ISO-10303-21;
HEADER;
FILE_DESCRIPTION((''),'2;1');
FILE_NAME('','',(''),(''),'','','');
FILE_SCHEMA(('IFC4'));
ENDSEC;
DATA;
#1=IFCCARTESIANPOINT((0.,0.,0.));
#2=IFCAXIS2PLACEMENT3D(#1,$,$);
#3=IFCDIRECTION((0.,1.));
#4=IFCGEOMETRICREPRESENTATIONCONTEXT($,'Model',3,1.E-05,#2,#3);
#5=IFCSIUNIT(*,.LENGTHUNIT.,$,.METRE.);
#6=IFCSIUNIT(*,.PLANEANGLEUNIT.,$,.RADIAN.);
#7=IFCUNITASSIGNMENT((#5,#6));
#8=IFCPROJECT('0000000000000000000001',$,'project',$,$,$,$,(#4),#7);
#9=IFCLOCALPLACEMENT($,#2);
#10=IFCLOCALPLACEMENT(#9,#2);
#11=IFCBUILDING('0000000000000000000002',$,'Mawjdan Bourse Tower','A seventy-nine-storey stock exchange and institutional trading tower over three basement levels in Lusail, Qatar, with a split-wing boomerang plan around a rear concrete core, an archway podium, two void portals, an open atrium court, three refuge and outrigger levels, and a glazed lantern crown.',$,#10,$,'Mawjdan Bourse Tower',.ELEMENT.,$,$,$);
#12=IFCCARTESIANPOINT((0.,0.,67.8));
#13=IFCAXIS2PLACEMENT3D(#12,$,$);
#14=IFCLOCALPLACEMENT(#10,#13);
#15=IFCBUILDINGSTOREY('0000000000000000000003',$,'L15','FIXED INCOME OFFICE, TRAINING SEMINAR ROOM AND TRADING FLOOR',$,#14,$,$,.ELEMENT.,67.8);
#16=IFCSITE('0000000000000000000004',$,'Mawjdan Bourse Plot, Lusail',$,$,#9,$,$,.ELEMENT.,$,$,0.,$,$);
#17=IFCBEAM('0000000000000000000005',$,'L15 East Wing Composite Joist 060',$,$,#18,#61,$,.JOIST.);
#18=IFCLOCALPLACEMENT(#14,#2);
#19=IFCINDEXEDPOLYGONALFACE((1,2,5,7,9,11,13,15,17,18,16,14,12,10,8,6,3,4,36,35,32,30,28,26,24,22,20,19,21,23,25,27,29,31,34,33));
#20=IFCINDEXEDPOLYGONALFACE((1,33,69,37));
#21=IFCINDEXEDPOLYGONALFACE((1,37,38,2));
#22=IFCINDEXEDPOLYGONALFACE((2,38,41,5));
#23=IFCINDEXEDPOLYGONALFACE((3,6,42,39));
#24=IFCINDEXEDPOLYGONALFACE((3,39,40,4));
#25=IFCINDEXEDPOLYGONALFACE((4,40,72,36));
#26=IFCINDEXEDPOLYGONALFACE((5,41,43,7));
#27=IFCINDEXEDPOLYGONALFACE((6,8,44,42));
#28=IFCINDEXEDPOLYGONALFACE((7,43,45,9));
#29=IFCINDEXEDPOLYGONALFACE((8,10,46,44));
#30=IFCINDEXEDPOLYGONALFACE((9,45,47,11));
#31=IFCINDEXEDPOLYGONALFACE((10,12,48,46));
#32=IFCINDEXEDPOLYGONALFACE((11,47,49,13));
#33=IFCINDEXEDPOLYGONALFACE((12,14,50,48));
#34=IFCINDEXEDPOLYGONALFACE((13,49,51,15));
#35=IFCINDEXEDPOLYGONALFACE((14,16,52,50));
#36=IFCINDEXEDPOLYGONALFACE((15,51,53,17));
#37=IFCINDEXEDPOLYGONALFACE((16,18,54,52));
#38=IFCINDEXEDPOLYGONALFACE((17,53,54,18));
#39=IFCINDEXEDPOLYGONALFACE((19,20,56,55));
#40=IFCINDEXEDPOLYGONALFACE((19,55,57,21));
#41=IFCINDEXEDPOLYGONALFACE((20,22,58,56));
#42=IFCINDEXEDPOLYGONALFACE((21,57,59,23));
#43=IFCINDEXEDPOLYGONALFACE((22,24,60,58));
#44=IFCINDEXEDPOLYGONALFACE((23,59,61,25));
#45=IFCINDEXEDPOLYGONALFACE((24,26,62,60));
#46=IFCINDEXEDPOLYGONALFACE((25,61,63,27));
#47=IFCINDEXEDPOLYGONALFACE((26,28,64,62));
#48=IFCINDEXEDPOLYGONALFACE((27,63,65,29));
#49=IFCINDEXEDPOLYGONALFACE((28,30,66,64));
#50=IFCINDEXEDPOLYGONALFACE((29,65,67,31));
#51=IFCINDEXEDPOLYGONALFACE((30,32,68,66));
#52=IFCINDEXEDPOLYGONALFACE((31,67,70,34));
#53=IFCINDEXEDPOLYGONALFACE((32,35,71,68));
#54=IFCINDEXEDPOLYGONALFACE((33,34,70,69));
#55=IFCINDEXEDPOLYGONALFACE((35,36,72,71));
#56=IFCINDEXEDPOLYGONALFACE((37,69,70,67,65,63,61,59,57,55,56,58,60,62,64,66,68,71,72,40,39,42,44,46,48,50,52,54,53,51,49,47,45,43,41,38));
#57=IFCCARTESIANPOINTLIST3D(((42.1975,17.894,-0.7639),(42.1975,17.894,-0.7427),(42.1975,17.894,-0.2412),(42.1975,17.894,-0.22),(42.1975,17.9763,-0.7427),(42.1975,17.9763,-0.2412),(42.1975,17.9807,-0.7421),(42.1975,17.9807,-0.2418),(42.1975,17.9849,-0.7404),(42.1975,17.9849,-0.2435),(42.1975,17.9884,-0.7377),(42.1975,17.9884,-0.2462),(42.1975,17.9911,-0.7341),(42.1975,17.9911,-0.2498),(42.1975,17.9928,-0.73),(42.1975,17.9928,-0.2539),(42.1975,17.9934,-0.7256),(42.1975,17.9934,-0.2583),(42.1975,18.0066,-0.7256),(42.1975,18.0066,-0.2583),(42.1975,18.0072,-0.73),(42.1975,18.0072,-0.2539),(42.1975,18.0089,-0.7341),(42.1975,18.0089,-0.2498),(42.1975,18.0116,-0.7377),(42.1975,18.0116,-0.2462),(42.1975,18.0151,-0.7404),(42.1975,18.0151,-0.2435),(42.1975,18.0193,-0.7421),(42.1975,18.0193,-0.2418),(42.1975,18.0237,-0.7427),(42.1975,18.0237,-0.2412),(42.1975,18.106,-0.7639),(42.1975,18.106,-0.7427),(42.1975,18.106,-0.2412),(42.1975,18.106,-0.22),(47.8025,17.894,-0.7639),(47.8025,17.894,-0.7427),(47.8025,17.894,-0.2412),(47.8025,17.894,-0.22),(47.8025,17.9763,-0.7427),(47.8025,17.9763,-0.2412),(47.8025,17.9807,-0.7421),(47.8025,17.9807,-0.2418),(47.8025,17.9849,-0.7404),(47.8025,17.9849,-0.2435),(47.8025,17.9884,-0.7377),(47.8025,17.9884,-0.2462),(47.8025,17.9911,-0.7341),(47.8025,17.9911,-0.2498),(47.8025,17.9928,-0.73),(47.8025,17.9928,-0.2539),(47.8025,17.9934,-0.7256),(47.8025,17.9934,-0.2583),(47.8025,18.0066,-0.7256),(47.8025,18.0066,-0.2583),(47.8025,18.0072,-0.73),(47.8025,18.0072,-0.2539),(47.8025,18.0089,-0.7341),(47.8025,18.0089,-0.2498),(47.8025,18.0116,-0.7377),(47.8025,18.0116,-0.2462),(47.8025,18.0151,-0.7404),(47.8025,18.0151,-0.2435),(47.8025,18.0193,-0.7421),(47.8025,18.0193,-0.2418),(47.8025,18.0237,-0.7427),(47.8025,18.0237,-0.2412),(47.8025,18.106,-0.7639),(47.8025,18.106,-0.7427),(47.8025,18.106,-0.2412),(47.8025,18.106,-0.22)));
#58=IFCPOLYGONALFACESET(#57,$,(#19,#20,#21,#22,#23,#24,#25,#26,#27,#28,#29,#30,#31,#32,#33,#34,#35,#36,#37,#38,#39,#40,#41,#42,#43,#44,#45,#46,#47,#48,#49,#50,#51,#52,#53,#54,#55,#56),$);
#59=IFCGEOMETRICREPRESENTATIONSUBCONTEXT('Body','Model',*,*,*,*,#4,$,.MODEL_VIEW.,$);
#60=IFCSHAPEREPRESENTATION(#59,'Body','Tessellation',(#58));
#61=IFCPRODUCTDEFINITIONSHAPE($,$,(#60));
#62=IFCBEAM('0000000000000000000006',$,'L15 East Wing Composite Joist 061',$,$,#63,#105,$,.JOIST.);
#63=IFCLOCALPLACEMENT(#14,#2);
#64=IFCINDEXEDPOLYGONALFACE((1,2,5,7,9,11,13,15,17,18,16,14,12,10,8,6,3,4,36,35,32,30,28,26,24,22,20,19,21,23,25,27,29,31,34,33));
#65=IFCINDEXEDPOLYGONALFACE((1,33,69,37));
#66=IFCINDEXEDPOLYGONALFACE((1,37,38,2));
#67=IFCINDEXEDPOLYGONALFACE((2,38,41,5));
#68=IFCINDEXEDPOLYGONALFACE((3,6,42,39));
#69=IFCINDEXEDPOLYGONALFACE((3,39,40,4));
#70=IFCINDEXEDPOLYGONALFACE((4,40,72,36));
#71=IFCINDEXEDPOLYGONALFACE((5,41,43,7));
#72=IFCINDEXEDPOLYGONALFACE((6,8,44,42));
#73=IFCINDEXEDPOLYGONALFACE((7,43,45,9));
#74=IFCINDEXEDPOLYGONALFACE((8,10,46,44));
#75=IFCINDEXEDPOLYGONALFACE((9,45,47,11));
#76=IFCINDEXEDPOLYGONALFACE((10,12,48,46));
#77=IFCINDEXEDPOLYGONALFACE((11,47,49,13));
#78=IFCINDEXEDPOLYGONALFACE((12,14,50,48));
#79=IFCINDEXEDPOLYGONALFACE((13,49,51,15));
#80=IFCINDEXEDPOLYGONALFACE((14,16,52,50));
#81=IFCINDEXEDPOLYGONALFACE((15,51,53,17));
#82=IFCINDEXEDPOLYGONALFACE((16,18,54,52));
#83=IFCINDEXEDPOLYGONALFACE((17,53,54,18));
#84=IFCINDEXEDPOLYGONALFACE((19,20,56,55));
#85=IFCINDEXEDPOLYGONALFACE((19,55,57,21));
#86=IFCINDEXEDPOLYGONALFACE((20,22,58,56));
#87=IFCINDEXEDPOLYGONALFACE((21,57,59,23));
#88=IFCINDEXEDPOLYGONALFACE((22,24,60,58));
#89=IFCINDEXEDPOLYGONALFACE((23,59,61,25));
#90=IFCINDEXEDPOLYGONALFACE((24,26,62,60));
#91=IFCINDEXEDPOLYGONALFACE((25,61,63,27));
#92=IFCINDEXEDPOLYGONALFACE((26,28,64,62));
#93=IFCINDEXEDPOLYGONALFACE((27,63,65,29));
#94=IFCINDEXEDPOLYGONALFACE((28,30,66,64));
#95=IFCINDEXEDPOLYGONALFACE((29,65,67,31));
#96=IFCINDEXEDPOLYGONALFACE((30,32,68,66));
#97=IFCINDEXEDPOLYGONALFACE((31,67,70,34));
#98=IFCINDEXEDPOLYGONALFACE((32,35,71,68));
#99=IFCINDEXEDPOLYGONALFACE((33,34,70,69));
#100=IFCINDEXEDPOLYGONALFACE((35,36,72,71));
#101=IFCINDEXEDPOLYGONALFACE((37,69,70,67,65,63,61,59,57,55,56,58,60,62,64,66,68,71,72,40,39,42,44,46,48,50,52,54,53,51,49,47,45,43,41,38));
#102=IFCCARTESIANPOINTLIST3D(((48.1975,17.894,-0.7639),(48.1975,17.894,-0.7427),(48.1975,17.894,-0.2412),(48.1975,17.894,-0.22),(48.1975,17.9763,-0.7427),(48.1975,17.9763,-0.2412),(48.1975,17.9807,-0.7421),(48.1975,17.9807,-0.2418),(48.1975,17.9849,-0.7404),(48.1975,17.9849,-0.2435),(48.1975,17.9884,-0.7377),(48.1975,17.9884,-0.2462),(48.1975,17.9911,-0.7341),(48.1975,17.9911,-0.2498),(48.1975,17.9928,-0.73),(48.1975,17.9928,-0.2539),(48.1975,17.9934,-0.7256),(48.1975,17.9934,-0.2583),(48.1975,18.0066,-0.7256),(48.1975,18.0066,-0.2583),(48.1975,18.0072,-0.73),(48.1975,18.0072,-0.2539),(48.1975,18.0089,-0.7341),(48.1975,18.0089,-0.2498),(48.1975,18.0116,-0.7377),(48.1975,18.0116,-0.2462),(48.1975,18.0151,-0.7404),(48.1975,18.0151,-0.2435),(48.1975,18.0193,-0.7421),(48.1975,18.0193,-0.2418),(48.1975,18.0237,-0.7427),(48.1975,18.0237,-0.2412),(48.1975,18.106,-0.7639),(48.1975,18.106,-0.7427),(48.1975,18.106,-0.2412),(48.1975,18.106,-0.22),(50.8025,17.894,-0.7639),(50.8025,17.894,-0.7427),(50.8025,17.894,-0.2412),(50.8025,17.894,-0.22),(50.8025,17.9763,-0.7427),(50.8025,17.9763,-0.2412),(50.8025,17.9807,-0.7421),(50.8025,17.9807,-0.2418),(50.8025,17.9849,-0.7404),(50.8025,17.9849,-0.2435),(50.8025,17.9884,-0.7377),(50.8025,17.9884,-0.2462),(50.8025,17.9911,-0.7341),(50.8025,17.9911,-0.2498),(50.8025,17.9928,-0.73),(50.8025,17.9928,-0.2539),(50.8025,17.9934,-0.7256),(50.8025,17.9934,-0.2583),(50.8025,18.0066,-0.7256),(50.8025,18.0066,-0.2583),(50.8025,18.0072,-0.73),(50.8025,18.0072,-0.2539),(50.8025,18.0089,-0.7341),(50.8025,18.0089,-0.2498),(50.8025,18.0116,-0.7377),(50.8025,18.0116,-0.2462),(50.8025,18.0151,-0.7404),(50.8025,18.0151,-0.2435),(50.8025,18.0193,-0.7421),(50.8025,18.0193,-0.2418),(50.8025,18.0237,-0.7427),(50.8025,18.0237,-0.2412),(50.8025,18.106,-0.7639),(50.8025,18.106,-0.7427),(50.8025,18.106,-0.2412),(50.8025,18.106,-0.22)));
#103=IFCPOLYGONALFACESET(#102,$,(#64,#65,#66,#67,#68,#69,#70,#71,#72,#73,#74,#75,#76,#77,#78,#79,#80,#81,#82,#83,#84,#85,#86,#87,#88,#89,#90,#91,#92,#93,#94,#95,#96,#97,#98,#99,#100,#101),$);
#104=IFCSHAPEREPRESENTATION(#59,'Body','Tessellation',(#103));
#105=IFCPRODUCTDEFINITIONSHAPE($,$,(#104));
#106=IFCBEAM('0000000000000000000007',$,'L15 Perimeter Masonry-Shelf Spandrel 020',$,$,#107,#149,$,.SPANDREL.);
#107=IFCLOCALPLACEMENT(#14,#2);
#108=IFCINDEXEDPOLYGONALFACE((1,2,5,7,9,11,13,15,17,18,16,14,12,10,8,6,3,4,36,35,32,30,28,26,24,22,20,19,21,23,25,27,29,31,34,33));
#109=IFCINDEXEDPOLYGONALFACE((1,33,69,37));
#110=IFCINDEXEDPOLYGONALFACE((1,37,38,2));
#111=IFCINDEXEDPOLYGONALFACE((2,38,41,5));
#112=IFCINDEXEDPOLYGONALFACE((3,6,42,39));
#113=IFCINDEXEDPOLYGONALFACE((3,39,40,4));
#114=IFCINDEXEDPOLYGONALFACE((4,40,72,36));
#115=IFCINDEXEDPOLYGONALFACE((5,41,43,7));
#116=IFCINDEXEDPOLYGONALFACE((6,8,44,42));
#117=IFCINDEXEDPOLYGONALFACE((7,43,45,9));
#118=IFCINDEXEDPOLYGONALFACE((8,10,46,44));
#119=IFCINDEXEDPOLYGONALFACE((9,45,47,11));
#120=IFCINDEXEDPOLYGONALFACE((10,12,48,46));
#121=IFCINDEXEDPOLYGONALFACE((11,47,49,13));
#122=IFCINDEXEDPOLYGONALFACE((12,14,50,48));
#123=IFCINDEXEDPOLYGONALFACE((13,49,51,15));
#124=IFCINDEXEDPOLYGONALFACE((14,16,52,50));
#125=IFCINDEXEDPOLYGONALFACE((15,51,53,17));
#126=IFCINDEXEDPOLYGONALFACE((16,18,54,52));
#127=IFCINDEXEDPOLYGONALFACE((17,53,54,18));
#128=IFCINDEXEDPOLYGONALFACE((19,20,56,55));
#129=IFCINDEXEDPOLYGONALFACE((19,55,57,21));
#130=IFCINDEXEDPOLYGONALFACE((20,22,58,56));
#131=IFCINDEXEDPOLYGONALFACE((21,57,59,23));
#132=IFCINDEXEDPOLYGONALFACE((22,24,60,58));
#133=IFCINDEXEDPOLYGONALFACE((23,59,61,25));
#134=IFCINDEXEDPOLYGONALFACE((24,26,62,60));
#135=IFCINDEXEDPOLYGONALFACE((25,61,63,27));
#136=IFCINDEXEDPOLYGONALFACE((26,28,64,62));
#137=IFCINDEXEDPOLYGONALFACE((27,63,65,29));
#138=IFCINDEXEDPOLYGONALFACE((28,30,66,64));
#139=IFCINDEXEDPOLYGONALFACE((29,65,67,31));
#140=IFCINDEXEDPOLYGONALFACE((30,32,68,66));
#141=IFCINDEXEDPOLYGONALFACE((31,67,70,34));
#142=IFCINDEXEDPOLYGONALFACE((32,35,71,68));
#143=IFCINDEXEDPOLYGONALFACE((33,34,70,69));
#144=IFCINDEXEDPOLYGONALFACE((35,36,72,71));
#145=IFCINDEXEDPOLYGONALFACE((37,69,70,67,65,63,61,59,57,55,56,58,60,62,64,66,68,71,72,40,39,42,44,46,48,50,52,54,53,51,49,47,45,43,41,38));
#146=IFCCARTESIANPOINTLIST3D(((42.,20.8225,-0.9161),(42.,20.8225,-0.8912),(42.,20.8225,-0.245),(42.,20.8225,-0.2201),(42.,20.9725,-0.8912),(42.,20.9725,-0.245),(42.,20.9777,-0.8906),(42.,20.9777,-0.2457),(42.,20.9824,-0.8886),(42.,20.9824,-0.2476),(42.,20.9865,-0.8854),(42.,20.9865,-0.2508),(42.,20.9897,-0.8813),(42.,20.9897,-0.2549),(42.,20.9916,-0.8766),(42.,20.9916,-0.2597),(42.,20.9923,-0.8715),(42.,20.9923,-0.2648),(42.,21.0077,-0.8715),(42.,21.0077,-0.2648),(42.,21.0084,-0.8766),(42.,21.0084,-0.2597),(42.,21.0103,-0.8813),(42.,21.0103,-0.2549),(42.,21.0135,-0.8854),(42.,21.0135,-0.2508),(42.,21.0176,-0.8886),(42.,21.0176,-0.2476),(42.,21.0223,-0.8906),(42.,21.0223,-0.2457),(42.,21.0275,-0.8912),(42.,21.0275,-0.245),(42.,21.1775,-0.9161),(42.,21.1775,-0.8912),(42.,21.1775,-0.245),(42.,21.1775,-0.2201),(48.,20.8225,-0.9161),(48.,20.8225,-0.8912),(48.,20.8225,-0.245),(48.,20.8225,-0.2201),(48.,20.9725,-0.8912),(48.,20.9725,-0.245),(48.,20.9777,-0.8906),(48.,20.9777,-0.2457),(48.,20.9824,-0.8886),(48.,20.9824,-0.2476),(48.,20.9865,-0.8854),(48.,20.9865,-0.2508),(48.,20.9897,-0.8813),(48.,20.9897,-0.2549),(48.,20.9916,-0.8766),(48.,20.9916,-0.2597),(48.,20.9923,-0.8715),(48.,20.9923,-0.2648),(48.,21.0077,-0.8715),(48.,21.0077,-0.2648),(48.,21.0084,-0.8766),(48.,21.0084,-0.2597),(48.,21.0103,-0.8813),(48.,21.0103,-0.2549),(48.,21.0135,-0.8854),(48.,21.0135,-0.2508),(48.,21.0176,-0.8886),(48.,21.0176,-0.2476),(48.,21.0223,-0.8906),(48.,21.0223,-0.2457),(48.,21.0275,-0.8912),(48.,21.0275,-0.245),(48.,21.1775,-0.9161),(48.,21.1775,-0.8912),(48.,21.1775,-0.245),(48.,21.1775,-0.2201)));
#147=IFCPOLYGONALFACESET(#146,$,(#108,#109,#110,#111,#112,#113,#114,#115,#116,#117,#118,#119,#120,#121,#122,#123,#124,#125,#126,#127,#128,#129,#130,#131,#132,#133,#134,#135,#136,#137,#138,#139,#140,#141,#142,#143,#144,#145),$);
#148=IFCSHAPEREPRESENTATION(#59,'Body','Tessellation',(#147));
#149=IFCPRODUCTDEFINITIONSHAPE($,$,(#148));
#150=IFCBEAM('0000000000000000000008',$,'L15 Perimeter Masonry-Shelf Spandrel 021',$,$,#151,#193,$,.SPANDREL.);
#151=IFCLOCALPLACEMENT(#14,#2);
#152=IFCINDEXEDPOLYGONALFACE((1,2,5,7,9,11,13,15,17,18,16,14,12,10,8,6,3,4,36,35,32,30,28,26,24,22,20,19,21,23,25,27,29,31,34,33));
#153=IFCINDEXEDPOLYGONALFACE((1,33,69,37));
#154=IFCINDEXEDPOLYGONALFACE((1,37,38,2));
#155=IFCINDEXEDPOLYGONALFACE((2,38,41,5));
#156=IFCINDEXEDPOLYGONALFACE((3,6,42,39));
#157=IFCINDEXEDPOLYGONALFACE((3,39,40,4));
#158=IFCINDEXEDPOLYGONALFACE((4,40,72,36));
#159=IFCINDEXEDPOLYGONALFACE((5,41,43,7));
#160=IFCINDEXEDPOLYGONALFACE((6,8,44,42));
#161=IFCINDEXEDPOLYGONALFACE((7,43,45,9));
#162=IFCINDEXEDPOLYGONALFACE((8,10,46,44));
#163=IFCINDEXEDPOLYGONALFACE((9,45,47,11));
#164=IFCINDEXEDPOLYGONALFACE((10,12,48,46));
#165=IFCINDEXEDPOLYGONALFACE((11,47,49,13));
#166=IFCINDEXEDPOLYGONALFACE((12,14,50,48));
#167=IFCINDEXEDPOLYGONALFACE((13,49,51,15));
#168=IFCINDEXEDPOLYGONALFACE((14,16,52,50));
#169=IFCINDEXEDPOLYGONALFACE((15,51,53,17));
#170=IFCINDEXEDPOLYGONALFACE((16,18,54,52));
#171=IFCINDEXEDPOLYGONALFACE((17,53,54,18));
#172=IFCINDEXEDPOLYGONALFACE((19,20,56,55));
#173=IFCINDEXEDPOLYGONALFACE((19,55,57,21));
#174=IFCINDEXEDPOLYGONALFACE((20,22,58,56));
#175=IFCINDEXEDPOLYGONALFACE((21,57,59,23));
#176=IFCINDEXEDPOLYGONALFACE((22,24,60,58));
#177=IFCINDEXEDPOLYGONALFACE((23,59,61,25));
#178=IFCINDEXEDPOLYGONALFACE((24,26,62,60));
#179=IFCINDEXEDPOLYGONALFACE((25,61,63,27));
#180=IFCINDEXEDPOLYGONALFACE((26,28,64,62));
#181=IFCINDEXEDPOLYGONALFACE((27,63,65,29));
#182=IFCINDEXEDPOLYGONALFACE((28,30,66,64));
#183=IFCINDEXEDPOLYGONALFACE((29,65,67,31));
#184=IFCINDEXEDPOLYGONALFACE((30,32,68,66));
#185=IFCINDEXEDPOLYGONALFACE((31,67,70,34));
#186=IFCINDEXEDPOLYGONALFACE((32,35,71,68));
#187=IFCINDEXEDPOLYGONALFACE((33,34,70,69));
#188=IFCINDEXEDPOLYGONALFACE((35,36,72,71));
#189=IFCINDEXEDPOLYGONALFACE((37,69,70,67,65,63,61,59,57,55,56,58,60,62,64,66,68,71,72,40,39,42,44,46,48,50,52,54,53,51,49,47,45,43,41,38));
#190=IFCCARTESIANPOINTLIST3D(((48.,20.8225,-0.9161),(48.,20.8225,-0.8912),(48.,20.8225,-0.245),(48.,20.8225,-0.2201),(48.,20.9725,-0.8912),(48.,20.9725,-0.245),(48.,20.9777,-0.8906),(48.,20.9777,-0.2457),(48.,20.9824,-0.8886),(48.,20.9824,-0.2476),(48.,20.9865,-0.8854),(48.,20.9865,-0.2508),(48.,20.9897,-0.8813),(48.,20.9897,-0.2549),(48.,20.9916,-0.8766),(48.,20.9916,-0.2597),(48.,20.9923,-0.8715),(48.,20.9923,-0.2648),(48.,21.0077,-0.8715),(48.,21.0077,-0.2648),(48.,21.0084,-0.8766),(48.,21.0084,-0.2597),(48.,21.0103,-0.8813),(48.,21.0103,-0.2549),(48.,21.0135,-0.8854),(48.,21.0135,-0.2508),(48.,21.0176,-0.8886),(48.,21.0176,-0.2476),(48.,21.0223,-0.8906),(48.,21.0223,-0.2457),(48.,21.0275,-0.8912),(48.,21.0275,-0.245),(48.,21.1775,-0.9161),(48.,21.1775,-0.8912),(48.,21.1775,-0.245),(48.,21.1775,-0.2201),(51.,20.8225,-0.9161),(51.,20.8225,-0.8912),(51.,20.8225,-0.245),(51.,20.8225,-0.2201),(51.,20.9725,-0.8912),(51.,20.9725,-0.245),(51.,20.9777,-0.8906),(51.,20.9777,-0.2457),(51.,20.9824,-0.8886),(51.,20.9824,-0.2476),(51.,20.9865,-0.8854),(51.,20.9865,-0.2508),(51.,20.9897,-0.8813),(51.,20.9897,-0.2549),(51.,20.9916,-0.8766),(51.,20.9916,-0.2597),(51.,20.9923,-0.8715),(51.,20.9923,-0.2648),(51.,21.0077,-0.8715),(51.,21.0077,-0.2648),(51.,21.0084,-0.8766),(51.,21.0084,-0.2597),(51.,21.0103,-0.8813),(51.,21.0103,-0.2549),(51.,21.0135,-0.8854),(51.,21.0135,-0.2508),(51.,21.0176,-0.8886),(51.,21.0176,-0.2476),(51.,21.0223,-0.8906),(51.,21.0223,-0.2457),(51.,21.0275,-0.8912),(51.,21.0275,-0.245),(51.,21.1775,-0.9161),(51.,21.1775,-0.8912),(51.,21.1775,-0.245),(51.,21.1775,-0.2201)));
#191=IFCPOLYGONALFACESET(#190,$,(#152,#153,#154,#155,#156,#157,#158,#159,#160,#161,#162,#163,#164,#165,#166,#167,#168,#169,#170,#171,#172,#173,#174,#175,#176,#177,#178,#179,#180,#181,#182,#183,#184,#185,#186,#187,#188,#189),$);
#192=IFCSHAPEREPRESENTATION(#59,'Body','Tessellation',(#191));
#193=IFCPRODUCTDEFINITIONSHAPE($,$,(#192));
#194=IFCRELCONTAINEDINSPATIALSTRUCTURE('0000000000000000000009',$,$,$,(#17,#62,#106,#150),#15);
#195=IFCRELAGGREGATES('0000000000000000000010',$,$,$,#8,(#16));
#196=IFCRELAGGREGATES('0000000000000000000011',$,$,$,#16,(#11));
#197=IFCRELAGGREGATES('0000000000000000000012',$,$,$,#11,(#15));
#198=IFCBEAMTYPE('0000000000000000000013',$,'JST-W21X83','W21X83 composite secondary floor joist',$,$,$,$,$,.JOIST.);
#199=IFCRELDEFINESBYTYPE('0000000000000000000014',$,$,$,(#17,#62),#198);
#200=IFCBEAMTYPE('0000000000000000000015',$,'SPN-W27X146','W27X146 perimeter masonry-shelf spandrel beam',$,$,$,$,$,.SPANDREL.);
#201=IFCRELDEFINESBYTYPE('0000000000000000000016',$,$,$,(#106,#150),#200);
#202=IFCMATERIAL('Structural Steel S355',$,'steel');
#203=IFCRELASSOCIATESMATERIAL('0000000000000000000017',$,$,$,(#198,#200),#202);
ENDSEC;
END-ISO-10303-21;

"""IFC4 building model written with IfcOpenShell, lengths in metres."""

from ifc_helpers import new_model, si_unit, direction, frame, origin, origin_2d, place, context, subcontext, project, spatial, i_section, extrude, material, material_profile, profile_set, type_object, element, save


model = new_model("IFC4")

# Units and contexts
model_context = context("Model", 3, precision=1e-05, world=origin(), true_north=direction((0.0, 1.0)))
body_context = subcontext(model_context, "Body", "Model", "MODEL_VIEW")
ifc_project = project(units=[si_unit("LENGTHUNIT", "METRE"), si_unit("PLANEANGLEUNIT", "RADIAN")], contexts=[model_context])

# Site, building, storey
site_placement = place(None, origin())
site = spatial("IfcSite", under=ifc_project, at=site_placement, Name="Mawjdan Bourse Plot, Lusail", CompositionType="ELEMENT", RefElevation=0.0)
building_placement = place(site_placement, origin())
building = spatial("IfcBuilding", under=site, at=building_placement, Name="Mawjdan Bourse Tower", Description="A seventy-nine-storey stock exchange and institutional trading tower over three basement levels in Lusail, Qatar, with a split-wing boomerang plan around a rear concrete core, an archway podium, two void portals, an open atrium court, three refuge and outrigger levels, and a glazed lantern crown.", LongName="Mawjdan Bourse Tower", CompositionType="ELEMENT")
storey_placement = place(building_placement, frame((0.0, 0.0, 67.8)))
storey = spatial("IfcBuildingStorey", under=building, at=storey_placement, Name="L15", Description="FIXED INCOME OFFICE, TRAINING SEMINAR ROOM AND TRADING FLOOR", CompositionType="ELEMENT", Elevation=67.8)

# Beams
ifc_material_1 = material(Name="Structural Steel S355", Category="steel")
ifc_material_profile_1 = material_profile(ifc_material_1, i_section(OverallWidth=0.2119, OverallDepth=0.5439, WebThickness=0.0132, FlangeThickness=0.0212, FilletRadius=0.0171, at=origin_2d()), Name="W21X83")
ifc_profile_set_1 = profile_set([ifc_material_profile_1], Name="Structural Steel S355")
beam_type_1 = type_object("IfcBeamType", Name="JST-W21X83", Description="W21X83 composite secondary floor joist", PredefinedType="JOIST", material=ifc_profile_set_1)
beam_1_placement = place(storey_placement, frame((42.1975, 18.0, -0.4919), z_axis=(1.0, 0.0, 0.0), x_axis=(0.0, 1.0, 0.0)))
element("IfcBeam", 1, at=beam_1_placement, inside=storey, type_object=beam_type_1, Name="L15 East Wing Composite Joist 060", PredefinedType="JOIST", context=body_context, shape_type="SweptSolid", body=[
    extrude(i_section(OverallWidth=0.2119, OverallDepth=0.5439, WebThickness=0.0132, FlangeThickness=0.0212, FilletRadius=0.0171, at=origin_2d()), origin(), (0.0, 0.0, 1.0), 5.605),
])
beam_2_placement = place(storey_placement, frame((48.1975, 18.0, -0.4919), z_axis=(1.0, 0.0, 0.0), x_axis=(0.0, 1.0, 0.0)))
element("IfcBeam", 2, at=beam_2_placement, inside=storey, type_object=beam_type_1, Name="L15 East Wing Composite Joist 061", PredefinedType="JOIST", context=body_context, shape_type="SweptSolid", body=[
    extrude(i_section(OverallWidth=0.2119, OverallDepth=0.5439, WebThickness=0.0132, FlangeThickness=0.0212, FilletRadius=0.0171, at=origin_2d()), origin(), (0.0, 0.0, 1.0), 2.605),
])
ifc_material_profile_2 = material_profile(ifc_material_1, i_section(OverallWidth=0.355, OverallDepth=0.696, WebThickness=0.0154, FlangeThickness=0.0249, FilletRadius=0.0198, at=origin_2d()), Name="W27X146")
ifc_profile_set_2 = profile_set([ifc_material_profile_2], Name="Structural Steel S355")
beam_type_2 = type_object("IfcBeamType", Name="SPN-W27X146", Description="W27X146 perimeter masonry-shelf spandrel beam", PredefinedType="SPANDREL", material=ifc_profile_set_2)
beam_3_placement = place(storey_placement, frame((42.0, 21.0, -0.5681), z_axis=(1.0, 0.0, 0.0), x_axis=(0.0, 1.0, 0.0)))
element("IfcBeam", 3, at=beam_3_placement, inside=storey, type_object=beam_type_2, Name="L15 Perimeter Masonry-Shelf Spandrel 020", PredefinedType="SPANDREL", context=body_context, shape_type="SweptSolid", body=[
    extrude(i_section(OverallWidth=0.355, OverallDepth=0.696, WebThickness=0.0154, FlangeThickness=0.0249, FilletRadius=0.0198, at=origin_2d()), origin(), (0.0, 0.0, 1.0), 6.0),
])
for number, where, z_axis, x_axis, name in (
    (4, (48.0, 21.0, -0.5681), (1.0, 0.0, 0.0), (0.0, 1.0, 0.0), "L15 Perimeter Masonry-Shelf Spandrel 021"),
):
    element("IfcBeam", number, at=place(storey_placement, frame(where, z_axis=z_axis, x_axis=x_axis)), inside=storey, type_object=beam_type_2, Name=name, PredefinedType="SPANDREL", context=body_context, shape_type="SweptSolid", body=[
        extrude(i_section(OverallWidth=0.355, OverallDepth=0.696, WebThickness=0.0154, FlangeThickness=0.0249, FilletRadius=0.0198, at=origin_2d()), origin(), (0.0, 0.0, 1.0), 3.0),
    ])

save(model, "model.ifc")
